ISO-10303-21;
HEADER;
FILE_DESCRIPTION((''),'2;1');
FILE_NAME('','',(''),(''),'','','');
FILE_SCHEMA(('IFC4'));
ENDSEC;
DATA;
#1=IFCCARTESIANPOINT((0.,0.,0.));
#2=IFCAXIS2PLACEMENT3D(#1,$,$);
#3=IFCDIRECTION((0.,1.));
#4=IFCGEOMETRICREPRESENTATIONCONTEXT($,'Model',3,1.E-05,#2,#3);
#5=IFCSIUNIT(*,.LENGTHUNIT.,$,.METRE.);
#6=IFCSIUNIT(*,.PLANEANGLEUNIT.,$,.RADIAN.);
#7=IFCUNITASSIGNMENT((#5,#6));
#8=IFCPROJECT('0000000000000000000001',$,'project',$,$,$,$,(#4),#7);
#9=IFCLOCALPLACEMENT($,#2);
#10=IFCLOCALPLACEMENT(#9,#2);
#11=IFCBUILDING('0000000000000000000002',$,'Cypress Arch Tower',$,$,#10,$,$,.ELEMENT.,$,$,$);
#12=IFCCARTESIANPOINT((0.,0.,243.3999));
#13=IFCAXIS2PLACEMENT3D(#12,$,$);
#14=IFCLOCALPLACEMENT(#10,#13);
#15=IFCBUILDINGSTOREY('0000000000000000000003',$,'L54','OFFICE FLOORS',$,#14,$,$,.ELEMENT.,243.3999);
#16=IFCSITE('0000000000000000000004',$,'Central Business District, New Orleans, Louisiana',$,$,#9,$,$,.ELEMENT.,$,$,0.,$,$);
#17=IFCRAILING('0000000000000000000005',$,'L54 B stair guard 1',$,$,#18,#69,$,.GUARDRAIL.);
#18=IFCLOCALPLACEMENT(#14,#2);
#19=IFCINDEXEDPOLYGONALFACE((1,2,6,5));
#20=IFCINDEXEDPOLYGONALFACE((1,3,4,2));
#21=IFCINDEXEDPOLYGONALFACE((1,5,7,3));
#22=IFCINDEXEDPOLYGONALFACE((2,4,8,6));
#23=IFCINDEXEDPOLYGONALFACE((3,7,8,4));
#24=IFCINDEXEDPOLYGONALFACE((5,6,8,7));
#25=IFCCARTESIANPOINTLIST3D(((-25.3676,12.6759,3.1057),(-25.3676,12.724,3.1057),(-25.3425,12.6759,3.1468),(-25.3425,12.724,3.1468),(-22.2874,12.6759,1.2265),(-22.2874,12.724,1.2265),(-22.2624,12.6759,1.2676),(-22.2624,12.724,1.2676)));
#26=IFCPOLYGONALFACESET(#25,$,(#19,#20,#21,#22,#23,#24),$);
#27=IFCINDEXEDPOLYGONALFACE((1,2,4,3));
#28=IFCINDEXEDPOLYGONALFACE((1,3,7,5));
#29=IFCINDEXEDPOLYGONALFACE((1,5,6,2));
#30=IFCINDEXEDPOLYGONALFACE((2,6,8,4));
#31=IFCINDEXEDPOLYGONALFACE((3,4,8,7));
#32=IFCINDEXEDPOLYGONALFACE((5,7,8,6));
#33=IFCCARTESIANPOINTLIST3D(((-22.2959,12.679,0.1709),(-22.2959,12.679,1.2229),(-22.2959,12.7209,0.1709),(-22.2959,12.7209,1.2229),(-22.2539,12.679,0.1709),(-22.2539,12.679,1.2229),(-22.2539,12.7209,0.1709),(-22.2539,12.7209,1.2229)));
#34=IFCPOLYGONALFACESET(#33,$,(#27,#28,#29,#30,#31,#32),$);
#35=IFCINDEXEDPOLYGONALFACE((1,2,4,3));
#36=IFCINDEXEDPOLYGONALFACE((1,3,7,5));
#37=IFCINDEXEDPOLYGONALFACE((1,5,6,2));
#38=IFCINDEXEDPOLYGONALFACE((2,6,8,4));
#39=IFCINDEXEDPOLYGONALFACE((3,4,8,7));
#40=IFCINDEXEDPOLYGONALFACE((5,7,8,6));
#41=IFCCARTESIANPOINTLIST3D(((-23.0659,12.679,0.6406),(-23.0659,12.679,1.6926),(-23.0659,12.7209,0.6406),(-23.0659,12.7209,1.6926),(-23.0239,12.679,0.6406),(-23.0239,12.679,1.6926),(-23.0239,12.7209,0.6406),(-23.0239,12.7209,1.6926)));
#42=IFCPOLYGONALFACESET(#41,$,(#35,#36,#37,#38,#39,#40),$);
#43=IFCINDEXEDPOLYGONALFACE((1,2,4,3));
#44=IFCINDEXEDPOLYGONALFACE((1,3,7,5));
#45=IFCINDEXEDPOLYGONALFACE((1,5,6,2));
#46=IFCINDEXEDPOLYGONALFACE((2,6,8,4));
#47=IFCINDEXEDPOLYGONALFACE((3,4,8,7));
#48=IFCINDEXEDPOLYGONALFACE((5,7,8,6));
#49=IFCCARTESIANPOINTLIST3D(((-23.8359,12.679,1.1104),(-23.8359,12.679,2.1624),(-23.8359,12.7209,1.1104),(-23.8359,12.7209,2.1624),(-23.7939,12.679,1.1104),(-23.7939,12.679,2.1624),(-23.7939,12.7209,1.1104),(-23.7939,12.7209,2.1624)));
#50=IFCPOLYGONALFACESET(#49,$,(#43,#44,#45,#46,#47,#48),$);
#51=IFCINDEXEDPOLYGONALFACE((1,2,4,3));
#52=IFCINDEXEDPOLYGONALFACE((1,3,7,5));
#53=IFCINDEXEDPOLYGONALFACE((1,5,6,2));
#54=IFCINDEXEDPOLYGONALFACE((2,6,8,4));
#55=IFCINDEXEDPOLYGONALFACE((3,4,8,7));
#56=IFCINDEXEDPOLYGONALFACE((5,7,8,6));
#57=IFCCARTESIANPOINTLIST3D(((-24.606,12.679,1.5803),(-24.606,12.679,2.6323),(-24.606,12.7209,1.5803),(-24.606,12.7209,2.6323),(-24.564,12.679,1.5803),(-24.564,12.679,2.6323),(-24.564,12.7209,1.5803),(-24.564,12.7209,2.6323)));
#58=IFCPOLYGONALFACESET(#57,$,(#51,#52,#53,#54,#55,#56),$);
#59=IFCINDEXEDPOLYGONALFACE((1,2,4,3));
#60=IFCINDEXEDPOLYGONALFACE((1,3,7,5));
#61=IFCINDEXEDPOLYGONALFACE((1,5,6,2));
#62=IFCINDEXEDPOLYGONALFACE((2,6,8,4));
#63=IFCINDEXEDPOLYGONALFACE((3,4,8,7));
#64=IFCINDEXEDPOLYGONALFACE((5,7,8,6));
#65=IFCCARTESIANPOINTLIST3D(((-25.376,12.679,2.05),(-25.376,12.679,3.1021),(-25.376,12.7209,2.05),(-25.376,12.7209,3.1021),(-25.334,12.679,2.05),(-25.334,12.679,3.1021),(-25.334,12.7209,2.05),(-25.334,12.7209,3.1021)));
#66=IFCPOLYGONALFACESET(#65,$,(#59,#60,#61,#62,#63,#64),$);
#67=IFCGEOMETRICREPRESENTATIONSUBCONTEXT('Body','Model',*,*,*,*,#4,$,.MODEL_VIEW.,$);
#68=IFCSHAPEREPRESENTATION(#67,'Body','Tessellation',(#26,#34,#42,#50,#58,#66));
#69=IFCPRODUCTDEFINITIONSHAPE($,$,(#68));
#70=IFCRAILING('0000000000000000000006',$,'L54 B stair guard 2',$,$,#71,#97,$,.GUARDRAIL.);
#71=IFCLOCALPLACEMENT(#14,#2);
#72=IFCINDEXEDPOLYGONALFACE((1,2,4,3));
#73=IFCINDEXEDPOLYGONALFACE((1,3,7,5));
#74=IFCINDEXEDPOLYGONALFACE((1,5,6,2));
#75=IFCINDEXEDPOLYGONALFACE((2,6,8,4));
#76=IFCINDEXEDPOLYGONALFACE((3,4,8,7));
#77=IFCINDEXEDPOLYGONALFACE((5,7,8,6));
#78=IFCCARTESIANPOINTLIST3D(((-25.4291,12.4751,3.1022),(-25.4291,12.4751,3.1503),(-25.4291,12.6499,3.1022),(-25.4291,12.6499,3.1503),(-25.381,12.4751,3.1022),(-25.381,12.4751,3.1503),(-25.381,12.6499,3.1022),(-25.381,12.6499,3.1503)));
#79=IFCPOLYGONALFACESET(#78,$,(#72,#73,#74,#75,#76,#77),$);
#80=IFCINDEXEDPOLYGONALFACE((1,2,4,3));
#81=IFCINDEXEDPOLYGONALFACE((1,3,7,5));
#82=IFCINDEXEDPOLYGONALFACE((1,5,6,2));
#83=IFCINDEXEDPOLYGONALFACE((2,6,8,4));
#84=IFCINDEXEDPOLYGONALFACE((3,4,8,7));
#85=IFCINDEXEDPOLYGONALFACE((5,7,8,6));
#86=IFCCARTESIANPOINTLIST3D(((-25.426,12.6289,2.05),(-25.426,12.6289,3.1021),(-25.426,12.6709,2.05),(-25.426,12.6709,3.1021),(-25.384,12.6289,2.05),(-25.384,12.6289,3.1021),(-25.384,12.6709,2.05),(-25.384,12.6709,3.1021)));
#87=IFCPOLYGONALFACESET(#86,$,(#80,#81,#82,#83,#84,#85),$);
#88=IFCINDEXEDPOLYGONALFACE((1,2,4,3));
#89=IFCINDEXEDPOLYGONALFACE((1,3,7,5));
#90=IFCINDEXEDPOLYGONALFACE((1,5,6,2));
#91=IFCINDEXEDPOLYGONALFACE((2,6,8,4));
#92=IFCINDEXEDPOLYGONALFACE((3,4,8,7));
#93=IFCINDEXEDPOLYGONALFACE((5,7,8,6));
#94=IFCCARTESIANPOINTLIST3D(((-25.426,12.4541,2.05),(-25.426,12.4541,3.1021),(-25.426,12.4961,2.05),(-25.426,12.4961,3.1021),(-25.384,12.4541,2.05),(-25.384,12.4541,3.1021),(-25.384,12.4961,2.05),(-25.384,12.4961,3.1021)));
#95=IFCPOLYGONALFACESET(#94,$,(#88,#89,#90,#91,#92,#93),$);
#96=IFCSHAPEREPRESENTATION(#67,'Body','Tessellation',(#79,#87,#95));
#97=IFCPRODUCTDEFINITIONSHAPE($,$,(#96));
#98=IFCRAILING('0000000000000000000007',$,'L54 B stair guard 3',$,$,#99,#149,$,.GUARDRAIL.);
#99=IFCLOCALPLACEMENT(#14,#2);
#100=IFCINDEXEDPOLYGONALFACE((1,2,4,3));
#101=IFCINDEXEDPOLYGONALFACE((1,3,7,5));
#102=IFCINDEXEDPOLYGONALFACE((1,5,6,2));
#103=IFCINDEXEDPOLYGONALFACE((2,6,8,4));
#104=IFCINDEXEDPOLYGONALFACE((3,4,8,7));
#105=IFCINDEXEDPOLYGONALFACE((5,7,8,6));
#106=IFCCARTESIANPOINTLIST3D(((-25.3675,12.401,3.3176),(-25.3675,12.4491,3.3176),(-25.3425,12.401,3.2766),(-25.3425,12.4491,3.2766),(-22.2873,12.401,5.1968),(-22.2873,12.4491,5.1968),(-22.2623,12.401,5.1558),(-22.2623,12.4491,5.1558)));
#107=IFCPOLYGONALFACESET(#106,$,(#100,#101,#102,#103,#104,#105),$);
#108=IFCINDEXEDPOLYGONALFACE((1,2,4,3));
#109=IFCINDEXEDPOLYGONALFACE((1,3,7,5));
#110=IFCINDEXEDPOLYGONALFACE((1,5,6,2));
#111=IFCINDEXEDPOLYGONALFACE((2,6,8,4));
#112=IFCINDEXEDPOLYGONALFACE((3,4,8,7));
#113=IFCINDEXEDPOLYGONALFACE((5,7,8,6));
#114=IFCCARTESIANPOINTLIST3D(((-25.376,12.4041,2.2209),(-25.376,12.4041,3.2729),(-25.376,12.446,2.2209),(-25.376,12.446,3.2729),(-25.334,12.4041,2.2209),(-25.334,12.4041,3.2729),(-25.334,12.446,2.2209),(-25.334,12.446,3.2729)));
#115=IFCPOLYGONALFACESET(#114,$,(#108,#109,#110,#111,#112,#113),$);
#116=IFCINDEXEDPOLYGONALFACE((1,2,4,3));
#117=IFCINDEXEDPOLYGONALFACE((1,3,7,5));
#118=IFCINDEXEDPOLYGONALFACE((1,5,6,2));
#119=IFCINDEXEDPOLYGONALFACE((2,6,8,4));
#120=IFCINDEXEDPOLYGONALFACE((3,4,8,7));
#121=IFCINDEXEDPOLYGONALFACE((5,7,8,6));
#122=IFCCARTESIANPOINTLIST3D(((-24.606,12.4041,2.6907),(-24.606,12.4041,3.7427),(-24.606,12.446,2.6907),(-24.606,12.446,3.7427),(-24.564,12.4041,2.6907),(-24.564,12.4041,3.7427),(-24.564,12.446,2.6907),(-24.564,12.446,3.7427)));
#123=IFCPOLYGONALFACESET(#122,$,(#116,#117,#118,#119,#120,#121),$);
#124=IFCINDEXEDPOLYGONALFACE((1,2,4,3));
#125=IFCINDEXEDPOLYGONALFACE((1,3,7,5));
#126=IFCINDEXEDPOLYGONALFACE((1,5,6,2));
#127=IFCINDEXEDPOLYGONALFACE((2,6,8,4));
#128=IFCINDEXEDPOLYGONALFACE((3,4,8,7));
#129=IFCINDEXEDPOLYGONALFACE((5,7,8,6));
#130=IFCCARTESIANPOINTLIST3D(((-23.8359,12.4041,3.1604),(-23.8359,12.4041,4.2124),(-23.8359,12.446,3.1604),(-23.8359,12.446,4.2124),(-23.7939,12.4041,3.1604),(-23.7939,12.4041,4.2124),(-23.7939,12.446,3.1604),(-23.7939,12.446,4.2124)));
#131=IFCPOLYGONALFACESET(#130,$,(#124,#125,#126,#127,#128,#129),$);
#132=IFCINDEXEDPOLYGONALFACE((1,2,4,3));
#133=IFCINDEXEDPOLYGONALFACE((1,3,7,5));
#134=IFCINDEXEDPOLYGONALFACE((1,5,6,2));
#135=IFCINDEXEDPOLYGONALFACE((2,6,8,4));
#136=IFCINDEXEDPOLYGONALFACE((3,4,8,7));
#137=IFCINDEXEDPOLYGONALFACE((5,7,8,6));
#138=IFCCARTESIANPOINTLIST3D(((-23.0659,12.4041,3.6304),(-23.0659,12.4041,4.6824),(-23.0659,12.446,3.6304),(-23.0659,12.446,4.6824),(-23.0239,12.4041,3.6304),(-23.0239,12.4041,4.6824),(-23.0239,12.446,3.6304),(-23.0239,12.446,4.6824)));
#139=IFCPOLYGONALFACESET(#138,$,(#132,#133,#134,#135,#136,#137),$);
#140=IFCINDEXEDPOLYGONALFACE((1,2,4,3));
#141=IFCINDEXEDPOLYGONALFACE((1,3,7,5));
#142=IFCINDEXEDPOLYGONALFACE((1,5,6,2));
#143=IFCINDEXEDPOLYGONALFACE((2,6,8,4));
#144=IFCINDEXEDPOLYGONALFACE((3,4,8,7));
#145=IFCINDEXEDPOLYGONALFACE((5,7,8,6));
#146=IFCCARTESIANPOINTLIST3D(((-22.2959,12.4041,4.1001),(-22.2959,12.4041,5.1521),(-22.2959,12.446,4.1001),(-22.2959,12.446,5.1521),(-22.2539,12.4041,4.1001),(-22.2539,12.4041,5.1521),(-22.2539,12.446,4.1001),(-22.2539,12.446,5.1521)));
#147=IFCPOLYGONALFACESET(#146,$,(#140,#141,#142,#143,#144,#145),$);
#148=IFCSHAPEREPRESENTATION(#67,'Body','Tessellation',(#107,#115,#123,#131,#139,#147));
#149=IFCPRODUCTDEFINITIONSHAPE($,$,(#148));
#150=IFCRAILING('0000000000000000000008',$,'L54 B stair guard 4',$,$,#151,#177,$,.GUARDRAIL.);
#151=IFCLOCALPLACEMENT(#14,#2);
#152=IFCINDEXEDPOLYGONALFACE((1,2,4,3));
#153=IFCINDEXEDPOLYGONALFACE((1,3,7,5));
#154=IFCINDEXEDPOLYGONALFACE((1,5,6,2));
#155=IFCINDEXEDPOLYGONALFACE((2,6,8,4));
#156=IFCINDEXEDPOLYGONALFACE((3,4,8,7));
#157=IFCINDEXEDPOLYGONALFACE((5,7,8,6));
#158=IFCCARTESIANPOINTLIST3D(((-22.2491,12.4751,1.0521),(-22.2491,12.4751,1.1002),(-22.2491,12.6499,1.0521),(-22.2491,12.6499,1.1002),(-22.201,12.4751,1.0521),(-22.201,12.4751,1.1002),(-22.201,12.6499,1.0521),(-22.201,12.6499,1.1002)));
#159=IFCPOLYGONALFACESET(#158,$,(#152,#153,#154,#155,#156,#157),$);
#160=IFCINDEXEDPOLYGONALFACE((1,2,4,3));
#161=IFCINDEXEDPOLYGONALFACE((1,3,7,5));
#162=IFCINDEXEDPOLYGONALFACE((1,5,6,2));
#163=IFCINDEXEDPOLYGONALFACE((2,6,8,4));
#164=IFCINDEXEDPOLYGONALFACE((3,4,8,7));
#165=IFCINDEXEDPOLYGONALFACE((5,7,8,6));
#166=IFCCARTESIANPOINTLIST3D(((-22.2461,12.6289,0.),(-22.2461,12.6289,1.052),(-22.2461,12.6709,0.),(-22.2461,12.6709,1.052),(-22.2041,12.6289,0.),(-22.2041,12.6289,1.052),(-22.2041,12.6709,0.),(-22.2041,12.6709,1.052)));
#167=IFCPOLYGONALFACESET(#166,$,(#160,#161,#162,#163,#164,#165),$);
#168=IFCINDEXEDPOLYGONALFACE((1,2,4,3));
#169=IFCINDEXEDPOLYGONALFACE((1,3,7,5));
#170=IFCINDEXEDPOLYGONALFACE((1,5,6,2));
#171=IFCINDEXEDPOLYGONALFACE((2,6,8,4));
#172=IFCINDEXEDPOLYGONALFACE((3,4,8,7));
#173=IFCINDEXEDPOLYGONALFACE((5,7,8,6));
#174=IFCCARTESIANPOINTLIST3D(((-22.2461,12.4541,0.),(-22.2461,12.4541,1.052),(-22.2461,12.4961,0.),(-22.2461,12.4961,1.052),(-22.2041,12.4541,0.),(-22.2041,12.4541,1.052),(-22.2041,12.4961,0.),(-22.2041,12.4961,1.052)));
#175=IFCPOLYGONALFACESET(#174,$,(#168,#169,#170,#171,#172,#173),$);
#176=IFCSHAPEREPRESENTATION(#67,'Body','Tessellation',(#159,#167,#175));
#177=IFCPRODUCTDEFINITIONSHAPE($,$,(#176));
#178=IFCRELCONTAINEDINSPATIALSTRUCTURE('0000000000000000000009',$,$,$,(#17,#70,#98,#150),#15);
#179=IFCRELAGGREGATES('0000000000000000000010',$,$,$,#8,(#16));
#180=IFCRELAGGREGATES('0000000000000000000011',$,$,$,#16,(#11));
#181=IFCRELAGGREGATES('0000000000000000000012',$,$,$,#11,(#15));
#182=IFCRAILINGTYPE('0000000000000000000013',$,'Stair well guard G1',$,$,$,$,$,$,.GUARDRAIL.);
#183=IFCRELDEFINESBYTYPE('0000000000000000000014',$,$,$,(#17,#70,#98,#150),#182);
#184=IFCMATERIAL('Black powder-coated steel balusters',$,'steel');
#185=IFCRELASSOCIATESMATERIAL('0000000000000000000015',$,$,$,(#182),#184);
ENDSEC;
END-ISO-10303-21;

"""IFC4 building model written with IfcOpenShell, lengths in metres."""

from ifc_helpers import new_model, si_unit, direction, frame, origin, origin_2d, place, context, subcontext, project, spatial, rectangle, extrude, material, type_object, element, save


model = new_model("IFC4")

# Units and contexts
model_context = context("Model", 3, precision=1e-05, world=origin(), true_north=direction((0.0, 1.0)))
body_context = subcontext(model_context, "Body", "Model", "MODEL_VIEW")
ifc_project = project(units=[si_unit("LENGTHUNIT", "METRE"), si_unit("PLANEANGLEUNIT", "RADIAN")], contexts=[model_context])

# Site, building, storey
site_placement = place(None, origin())
site = spatial("IfcSite", under=ifc_project, at=site_placement, Name="Central Business District, New Orleans, Louisiana", CompositionType="ELEMENT", RefElevation=0.0)
building_placement = place(site_placement, origin())
building = spatial("IfcBuilding", under=site, at=building_placement, Name="Cypress Arch Tower", CompositionType="ELEMENT")
storey_placement = place(building_placement, frame((0.0, 0.0, 243.3999)))
storey = spatial("IfcBuildingStorey", under=building, at=storey_placement, Name="L54", Description="OFFICE FLOORS", CompositionType="ELEMENT", Elevation=243.3999)

# Railings
ifc_material_1 = material(Name="Black powder-coated steel balusters", Category="steel")
railing_type_1 = type_object("IfcRailingType", Name="Stair well guard G1", PredefinedType="GUARDRAIL", material=ifc_material_1)
railing_1_placement = place(storey_placement, frame((-22.2749, 12.7, 0.1709)))
element("IfcRailing", 1, at=railing_1_placement, inside=storey, type_object=railing_type_1, Name="L54 B stair guard 1", PredefinedType="GUARDRAIL", context=body_context, shape_type="SweptSolid", body=[
    extrude(rectangle(XDim=0.0481, YDim=0.0481, at=origin_2d()), frame((0.0, 0.0, 1.0762), z_axis=(-0.853666, 0.0, 0.52082), x_axis=(0.0, -1.0, 0.0)), (0.0, 0.0, 1.0), 3.6082),
    extrude(rectangle(XDim=0.042, YDim=0.042, at=origin_2d()), origin(), (0.0, 0.0, 1.0), 1.052),
    extrude(rectangle(XDim=0.042, YDim=0.042, at=origin_2d()), frame((-0.77, 0.0, 0.4697)), (0.0, 0.0, 1.0), 1.052),
    extrude(rectangle(XDim=0.042, YDim=0.042, at=origin_2d()), frame((-1.54, 0.0, 0.9395)), (0.0, 0.0, 1.0), 1.052),
    extrude(rectangle(XDim=0.042, YDim=0.042, at=origin_2d()), frame((-2.3101, 0.0, 1.4094)), (0.0, 0.0, 1.0), 1.052),
    extrude(rectangle(XDim=0.042, YDim=0.042, at=origin_2d()), frame((-3.0801, 0.0, 1.8792)), (0.0, 0.0, 1.0), 1.052),
])
railing_2_placement = place(storey_placement, frame((-25.405, 12.6499, 2.05)))
element("IfcRailing", 2, at=railing_2_placement, inside=storey, type_object=railing_type_1, Name="L54 B stair guard 2", PredefinedType="GUARDRAIL", context=body_context, shape_type="SweptSolid", body=[
    extrude(rectangle(XDim=0.0481, YDim=0.0481, at=origin_2d()), frame((0.0, 0.0, 1.0762), z_axis=(0.0, -1.0, 0.0), x_axis=(1.0, 0.0, 0.0)), (0.0, 0.0, 1.0), 0.1748),
    extrude(rectangle(XDim=0.042, YDim=0.042, at=origin_2d()), origin(), (0.0, 0.0, 1.0), 1.052),
    extrude(rectangle(XDim=0.042, YDim=0.042, at=origin_2d()), frame((0.0, -0.1748, 0.0)), (0.0, 0.0, 1.0), 1.052),
])
railing_3_placement = place(storey_placement, frame((-25.355, 12.425, 2.2209)))
element("IfcRailing", 3, at=railing_3_placement, inside=storey, type_object=railing_type_1, Name="L54 B stair guard 3", PredefinedType="GUARDRAIL", context=body_context, shape_type="SweptSolid", body=[
    extrude(rectangle(XDim=0.0481, YDim=0.0481, at=origin_2d()), frame((0.0, 0.0, 1.0762), z_axis=(0.853666, 0.0, 0.52082), x_axis=(0.0, 1.0, 0.0)), (0.0, 0.0, 1.0), 3.6082),
    extrude(rectangle(XDim=0.042, YDim=0.042, at=origin_2d()), origin(), (0.0, 0.0, 1.0), 1.052),
    extrude(rectangle(XDim=0.042, YDim=0.042, at=origin_2d()), frame((0.77, 0.0, 0.4697)), (0.0, 0.0, 1.0), 1.052),
    extrude(rectangle(XDim=0.042, YDim=0.042, at=origin_2d()), frame((1.54, 0.0, 0.9395)), (0.0, 0.0, 1.0), 1.052),
    extrude(rectangle(XDim=0.042, YDim=0.042, at=origin_2d()), frame((2.3101, 0.0, 1.4094)), (0.0, 0.0, 1.0), 1.052),
    extrude(rectangle(XDim=0.042, YDim=0.042, at=origin_2d()), frame((3.0801, 0.0, 1.8792)), (0.0, 0.0, 1.0), 1.052),
])
railing_4_placement = place(storey_placement, frame((-22.2251, 12.6499, 0.0)))
element("IfcRailing", 4, at=railing_4_placement, inside=storey, type_object=railing_type_1, Name="L54 B stair guard 4", PredefinedType="GUARDRAIL", context=body_context, shape_type="SweptSolid", body=[
    extrude(rectangle(XDim=0.0481, YDim=0.0481, at=origin_2d()), frame((0.0, 0.0, 1.0762), z_axis=(0.0, -1.0, 0.0), x_axis=(1.0, 0.0, 0.0)), (0.0, 0.0, 1.0), 0.1748),
    extrude(rectangle(XDim=0.042, YDim=0.042, at=origin_2d()), origin(), (0.0, 0.0, 1.0), 1.052),
    extrude(rectangle(XDim=0.042, YDim=0.042, at=origin_2d()), frame((0.0, -0.1748, 0.0)), (0.0, 0.0, 1.0), 1.052),
])

save(model, "model.ifc")
